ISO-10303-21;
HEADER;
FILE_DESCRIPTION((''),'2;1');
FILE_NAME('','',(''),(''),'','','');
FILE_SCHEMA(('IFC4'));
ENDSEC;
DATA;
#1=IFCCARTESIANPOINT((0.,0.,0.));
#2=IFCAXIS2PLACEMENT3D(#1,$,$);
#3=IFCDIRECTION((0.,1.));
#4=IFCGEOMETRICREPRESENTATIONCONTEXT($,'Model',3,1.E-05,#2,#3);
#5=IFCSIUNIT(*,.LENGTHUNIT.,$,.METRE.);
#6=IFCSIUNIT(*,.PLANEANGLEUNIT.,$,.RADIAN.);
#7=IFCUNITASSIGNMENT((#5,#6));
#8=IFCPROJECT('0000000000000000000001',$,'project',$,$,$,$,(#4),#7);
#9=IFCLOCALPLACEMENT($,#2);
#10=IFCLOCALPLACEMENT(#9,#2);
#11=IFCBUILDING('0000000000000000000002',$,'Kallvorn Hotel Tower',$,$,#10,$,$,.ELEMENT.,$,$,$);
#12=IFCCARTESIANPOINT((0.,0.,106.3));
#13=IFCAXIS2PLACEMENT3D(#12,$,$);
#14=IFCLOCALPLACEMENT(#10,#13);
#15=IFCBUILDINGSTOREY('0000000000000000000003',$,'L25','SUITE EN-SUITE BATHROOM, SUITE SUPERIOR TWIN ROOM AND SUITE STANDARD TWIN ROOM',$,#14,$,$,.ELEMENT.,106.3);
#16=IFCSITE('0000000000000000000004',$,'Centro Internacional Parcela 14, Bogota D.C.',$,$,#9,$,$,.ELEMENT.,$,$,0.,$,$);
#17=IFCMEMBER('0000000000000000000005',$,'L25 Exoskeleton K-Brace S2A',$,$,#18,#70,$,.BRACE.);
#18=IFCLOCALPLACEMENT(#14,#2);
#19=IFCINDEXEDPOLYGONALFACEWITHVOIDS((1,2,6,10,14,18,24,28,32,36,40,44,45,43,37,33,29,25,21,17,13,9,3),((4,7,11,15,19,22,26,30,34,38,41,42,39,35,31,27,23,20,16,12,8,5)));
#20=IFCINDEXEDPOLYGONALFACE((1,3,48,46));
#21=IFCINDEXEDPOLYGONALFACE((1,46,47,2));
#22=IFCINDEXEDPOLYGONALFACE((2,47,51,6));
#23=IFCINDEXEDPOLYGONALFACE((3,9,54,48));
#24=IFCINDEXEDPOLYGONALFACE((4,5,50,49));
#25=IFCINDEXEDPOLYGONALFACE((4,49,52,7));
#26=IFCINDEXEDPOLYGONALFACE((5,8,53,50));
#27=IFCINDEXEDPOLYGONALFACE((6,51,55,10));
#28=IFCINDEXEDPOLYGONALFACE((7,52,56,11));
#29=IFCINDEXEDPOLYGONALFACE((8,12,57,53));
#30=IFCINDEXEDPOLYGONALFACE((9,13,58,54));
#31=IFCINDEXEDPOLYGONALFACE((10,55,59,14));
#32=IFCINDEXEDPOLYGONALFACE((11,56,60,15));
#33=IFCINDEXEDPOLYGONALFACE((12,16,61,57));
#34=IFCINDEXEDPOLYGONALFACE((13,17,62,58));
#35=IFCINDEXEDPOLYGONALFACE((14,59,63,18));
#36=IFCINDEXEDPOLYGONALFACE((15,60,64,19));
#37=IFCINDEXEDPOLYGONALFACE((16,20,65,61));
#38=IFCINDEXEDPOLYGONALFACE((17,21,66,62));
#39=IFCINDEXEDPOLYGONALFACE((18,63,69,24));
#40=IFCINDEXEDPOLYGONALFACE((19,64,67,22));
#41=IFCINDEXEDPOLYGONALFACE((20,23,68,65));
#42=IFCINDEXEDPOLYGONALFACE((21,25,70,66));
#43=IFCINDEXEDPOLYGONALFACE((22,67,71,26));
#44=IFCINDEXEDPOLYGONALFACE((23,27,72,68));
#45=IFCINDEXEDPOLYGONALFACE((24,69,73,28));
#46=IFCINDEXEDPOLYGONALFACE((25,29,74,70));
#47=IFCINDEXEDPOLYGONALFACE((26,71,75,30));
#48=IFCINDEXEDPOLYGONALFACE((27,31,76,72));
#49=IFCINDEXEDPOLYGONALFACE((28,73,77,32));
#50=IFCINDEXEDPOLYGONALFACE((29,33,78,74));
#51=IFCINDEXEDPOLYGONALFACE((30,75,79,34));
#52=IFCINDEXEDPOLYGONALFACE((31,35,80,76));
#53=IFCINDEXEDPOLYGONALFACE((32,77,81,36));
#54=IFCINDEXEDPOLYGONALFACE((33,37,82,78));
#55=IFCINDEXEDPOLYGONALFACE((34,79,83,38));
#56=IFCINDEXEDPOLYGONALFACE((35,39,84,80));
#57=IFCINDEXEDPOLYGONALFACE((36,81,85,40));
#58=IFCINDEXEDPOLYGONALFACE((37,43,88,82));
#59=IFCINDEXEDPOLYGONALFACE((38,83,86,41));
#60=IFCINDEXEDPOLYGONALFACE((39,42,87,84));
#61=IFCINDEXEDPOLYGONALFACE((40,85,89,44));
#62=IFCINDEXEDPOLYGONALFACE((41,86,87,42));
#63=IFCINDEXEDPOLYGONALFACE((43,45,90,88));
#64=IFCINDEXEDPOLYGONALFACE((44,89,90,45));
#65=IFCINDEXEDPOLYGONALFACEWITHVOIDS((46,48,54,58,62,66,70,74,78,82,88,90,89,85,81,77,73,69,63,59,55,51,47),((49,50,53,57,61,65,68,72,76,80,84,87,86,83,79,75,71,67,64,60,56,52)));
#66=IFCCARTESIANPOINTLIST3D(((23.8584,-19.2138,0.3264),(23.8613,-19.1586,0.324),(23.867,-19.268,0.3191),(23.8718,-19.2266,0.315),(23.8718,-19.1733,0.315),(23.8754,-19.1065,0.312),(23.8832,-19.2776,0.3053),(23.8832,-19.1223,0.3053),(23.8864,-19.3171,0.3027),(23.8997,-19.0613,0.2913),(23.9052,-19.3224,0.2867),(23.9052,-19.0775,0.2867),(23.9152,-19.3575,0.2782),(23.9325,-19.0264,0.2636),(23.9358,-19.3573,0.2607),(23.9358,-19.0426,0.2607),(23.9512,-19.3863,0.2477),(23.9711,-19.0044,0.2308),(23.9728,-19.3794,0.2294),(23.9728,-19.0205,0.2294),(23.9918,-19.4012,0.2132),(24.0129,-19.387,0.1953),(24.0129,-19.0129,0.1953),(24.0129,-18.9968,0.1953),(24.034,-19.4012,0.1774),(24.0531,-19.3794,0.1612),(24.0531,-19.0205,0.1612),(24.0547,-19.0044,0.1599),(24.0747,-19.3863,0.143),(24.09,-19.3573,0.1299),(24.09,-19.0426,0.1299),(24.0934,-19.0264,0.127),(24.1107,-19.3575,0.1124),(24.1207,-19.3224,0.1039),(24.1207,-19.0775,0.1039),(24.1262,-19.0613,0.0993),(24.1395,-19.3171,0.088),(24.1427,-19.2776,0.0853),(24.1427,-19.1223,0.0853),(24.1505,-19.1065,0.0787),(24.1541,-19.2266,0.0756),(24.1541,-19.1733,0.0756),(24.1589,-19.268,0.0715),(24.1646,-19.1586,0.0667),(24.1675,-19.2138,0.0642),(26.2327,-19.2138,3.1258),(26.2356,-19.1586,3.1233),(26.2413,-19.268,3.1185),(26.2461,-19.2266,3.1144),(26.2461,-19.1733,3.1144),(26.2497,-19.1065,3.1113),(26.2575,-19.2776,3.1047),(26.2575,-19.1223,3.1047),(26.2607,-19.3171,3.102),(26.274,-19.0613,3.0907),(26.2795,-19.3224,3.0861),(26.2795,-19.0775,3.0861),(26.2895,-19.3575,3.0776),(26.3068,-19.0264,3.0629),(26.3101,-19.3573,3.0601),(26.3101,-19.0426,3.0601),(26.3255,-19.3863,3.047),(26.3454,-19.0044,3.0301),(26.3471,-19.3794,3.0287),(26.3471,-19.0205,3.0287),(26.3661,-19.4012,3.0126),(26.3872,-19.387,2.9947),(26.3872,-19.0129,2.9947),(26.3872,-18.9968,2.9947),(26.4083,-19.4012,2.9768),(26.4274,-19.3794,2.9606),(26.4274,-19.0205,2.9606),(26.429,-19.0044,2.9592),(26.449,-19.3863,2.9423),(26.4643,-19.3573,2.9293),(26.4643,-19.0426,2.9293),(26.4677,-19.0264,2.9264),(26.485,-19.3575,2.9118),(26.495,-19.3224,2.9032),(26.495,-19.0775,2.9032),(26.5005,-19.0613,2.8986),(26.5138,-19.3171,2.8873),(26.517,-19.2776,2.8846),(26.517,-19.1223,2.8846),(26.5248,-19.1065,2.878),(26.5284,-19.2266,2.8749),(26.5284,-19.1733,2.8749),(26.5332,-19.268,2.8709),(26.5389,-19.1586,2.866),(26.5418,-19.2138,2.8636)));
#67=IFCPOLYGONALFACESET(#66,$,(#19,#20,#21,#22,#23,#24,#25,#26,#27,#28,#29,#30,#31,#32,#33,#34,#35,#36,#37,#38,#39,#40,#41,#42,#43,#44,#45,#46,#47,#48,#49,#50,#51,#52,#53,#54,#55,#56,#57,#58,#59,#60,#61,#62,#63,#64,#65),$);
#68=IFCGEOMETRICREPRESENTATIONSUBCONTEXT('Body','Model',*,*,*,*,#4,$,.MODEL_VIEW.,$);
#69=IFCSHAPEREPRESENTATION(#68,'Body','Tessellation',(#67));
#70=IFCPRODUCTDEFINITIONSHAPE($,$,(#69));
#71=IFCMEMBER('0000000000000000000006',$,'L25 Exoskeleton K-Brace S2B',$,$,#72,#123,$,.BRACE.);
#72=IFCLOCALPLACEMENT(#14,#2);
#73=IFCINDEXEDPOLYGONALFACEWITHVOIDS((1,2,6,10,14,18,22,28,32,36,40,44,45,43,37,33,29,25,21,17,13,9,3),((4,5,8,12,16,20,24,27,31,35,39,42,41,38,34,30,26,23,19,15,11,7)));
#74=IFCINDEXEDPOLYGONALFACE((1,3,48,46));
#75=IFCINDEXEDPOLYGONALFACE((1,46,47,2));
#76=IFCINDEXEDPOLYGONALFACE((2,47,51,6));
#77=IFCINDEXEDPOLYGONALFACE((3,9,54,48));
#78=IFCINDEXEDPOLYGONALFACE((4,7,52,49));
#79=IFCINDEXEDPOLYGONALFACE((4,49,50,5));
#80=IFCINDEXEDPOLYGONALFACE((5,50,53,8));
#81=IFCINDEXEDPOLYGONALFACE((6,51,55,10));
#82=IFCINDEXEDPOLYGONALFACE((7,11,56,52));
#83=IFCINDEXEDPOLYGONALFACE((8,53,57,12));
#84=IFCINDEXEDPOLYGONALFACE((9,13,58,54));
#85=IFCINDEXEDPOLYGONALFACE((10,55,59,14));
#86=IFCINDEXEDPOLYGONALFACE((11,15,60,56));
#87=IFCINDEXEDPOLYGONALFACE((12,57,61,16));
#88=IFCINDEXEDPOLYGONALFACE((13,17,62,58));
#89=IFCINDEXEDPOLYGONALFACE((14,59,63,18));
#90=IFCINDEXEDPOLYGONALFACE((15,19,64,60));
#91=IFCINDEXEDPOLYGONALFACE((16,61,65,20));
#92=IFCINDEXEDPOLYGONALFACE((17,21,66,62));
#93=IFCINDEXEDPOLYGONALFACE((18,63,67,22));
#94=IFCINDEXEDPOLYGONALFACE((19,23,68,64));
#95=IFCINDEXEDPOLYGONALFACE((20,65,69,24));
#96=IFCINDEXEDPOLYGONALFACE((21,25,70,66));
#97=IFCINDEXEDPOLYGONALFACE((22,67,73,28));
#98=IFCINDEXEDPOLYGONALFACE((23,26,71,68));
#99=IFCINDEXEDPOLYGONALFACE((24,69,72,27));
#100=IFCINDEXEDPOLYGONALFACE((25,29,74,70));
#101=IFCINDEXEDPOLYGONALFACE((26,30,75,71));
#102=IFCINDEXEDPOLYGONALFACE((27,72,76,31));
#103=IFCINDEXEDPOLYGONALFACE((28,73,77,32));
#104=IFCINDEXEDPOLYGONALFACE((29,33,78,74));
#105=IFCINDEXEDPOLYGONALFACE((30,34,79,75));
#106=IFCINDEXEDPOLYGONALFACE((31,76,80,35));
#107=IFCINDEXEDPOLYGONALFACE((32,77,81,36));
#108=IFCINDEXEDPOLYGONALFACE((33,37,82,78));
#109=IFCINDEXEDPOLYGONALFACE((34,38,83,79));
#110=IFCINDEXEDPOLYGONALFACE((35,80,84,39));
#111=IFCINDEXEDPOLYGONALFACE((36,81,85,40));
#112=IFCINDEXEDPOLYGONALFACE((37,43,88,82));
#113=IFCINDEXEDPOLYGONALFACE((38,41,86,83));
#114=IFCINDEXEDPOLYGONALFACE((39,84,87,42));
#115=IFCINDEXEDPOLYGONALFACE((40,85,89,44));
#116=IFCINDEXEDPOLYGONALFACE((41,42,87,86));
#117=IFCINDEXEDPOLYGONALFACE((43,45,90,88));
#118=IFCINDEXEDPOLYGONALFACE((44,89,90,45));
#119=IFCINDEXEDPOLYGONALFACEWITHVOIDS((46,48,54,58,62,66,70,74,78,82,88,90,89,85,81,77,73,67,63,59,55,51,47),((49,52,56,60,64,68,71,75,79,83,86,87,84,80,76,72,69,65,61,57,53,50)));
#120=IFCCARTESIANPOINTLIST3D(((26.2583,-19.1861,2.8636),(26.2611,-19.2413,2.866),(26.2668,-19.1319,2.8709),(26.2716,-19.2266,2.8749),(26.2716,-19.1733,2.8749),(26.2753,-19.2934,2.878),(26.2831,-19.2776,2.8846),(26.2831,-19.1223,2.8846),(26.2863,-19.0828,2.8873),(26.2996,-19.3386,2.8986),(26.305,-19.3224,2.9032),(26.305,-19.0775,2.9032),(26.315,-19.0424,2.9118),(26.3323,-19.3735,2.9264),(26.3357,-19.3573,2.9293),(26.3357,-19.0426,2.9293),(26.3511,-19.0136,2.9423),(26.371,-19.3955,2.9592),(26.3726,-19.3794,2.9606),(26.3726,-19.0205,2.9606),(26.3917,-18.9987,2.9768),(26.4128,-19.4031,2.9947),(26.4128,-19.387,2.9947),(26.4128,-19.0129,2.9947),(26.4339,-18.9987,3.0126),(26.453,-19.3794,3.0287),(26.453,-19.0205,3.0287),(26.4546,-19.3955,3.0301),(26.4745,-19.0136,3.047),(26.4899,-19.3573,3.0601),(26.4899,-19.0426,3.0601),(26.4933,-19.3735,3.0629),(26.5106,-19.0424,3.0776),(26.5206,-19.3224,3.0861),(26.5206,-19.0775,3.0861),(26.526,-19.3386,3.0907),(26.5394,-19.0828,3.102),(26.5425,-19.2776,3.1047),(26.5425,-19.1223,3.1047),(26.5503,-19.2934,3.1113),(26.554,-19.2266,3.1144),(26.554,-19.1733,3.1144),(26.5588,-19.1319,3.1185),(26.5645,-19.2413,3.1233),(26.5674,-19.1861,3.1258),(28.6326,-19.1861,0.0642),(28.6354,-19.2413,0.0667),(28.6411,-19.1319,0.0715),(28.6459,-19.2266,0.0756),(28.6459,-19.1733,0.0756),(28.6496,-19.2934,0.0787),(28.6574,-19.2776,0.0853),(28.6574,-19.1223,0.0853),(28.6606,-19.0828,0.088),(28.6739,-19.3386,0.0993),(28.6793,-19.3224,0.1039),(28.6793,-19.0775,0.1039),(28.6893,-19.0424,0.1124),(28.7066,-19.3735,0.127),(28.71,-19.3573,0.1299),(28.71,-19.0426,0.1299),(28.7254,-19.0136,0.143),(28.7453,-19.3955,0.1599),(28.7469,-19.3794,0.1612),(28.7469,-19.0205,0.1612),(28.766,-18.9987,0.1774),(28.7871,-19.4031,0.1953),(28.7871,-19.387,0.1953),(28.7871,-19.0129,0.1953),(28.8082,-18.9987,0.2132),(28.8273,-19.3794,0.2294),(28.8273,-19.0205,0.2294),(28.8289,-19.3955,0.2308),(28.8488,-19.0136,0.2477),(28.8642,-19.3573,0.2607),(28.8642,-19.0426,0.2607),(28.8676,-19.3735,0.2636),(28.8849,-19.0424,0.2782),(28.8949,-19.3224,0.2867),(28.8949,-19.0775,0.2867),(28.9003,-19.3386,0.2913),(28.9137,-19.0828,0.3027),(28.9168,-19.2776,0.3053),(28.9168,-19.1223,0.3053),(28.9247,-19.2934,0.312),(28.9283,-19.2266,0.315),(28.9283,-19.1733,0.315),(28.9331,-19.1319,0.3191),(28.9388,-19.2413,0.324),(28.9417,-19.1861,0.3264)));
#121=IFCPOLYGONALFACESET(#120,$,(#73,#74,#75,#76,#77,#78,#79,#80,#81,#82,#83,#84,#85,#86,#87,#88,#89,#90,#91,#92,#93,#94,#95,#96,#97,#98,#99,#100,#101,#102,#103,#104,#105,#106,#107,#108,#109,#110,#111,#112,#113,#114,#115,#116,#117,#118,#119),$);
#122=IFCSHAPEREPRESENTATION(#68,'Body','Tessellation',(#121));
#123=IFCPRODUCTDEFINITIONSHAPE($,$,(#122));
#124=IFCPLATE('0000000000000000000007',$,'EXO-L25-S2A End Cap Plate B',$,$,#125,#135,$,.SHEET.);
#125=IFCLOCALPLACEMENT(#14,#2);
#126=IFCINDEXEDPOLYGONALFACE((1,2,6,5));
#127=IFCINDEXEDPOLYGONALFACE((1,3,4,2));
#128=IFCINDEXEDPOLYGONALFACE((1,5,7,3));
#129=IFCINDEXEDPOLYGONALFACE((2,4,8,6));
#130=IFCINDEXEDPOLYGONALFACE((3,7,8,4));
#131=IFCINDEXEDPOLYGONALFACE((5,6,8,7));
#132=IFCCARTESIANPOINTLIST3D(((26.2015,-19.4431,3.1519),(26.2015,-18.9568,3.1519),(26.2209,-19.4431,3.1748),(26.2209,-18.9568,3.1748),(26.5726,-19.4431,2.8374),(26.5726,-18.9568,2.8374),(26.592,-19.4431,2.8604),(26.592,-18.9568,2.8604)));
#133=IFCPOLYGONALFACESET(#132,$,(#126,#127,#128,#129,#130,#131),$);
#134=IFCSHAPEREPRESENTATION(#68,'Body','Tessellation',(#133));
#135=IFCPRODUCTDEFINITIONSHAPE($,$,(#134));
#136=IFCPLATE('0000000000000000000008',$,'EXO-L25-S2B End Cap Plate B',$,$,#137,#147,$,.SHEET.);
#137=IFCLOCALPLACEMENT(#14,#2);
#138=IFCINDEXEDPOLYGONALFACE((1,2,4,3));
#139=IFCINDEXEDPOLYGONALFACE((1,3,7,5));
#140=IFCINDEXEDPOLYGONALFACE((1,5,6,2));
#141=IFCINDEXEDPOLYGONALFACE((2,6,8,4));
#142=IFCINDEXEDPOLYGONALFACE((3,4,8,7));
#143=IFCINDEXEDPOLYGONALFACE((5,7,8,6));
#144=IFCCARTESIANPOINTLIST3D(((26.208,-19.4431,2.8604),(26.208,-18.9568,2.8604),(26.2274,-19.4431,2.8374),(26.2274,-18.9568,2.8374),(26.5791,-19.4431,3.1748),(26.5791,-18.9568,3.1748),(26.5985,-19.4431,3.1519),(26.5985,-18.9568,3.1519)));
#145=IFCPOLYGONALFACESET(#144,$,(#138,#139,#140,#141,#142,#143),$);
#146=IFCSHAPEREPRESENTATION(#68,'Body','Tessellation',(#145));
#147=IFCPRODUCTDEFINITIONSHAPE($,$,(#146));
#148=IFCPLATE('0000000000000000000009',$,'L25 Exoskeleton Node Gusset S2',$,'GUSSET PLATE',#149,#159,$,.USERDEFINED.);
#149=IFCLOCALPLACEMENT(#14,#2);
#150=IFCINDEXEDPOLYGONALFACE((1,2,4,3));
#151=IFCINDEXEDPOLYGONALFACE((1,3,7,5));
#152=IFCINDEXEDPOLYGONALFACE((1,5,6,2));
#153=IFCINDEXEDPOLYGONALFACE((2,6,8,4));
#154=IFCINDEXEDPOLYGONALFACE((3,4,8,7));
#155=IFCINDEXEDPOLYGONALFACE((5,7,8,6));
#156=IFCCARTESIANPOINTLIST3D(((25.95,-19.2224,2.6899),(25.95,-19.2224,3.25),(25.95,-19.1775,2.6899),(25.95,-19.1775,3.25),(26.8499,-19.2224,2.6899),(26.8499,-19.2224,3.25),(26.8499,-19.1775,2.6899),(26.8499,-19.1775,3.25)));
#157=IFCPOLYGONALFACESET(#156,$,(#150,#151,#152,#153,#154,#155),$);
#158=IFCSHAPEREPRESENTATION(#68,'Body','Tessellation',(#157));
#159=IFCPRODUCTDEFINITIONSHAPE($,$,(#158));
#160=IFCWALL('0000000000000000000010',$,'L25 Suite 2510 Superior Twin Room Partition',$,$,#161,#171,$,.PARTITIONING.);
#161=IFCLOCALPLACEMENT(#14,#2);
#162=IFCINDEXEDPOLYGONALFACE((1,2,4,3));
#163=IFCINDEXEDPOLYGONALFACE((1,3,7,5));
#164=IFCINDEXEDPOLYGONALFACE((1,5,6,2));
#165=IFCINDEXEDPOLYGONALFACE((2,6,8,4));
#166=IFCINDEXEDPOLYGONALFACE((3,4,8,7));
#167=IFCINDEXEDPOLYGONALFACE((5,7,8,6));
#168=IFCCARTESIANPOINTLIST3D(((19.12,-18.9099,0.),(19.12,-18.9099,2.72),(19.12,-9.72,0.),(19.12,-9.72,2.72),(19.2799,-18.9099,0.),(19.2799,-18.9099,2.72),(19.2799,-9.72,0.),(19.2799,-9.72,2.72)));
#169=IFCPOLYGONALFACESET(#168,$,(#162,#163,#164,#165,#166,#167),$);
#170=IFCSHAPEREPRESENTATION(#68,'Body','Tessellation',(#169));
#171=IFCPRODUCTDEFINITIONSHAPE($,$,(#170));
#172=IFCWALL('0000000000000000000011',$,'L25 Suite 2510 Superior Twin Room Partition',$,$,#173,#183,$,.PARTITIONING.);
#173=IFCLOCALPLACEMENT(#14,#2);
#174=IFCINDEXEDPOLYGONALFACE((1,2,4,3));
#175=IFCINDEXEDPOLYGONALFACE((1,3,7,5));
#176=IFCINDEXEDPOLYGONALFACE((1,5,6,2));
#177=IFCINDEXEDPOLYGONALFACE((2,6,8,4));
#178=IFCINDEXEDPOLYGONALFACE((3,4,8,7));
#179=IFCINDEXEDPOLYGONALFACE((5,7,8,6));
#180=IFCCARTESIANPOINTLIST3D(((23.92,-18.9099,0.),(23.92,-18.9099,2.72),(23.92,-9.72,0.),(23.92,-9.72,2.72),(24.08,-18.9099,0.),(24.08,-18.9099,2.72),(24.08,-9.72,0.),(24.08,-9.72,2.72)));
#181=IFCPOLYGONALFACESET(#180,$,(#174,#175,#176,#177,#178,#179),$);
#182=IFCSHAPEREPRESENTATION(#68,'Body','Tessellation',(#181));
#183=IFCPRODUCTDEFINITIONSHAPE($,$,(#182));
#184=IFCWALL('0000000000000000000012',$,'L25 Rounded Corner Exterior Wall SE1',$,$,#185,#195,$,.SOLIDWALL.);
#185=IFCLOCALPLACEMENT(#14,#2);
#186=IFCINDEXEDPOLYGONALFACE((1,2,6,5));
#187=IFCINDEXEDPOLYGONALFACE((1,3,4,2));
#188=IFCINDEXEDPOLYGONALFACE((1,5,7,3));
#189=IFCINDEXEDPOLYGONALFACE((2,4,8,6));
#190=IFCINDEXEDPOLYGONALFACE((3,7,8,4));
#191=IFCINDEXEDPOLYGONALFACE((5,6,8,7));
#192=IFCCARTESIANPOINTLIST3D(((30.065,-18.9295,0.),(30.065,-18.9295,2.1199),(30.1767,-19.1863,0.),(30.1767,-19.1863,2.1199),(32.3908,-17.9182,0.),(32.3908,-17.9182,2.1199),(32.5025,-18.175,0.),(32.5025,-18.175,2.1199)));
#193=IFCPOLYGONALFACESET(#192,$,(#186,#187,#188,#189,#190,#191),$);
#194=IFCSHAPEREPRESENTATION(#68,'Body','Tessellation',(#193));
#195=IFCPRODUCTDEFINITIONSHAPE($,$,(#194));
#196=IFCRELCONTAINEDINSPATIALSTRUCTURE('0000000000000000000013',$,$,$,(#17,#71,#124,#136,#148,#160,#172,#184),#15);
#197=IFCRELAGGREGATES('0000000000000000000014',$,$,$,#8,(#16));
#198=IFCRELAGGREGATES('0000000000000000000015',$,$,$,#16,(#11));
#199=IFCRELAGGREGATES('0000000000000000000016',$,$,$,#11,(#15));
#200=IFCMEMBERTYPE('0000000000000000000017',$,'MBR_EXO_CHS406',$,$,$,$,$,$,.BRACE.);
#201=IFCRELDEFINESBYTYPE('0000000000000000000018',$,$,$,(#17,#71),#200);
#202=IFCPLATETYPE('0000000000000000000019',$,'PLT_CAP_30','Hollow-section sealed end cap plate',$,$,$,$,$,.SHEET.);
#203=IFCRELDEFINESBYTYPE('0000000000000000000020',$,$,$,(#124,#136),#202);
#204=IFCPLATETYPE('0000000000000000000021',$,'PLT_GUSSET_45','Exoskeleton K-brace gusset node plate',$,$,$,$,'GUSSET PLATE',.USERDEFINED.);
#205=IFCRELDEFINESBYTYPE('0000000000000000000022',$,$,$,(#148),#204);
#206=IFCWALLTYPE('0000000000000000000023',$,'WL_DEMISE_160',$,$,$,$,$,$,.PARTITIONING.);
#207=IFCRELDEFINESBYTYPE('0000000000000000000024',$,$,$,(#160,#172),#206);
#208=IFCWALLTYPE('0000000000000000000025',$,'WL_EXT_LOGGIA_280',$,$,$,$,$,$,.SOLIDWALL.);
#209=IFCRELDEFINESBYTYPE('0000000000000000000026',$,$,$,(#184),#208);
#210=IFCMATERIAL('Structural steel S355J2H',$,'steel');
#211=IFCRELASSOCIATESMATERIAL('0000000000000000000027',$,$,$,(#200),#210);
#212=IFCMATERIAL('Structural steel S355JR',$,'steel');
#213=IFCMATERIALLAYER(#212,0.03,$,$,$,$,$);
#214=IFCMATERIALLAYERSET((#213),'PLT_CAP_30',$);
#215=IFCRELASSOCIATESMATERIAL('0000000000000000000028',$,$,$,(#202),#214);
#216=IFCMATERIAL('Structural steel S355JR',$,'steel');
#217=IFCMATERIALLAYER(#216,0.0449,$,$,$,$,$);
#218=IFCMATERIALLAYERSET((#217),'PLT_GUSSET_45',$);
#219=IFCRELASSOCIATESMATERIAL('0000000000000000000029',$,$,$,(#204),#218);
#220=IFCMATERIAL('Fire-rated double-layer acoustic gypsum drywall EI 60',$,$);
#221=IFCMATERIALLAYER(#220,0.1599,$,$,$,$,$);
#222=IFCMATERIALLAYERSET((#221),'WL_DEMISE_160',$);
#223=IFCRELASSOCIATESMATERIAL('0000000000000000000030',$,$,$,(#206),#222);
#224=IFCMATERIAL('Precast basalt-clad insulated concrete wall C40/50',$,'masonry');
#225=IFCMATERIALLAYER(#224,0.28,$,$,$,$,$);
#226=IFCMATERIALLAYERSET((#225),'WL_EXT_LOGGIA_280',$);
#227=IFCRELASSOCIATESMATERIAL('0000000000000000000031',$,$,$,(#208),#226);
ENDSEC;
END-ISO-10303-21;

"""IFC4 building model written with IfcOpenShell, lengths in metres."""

from ifc_helpers import new_model, si_unit, direction, frame, frame_2d, origin, origin_2d, place, context, subcontext, project, spatial, polyline, rectangle, hollow_circle, outline, extrude, material, layer, layer_set, material_profile, profile_set, type_object, element, save


model = new_model("IFC4")

# Units and contexts
model_context = context("Model", 3, precision=1e-05, world=origin(), true_north=direction((0.0, 1.0)))
body_context = subcontext(model_context, "Body", "Model", "MODEL_VIEW")
ifc_project = project(units=[si_unit("LENGTHUNIT", "METRE"), si_unit("PLANEANGLEUNIT", "RADIAN")], contexts=[model_context])

# Site, building, storey
site_placement = place(None, origin())
site = spatial("IfcSite", under=ifc_project, at=site_placement, Name="Centro Internacional Parcela 14, Bogota D.C.", CompositionType="ELEMENT", RefElevation=0.0)
building_placement = place(site_placement, origin())
building = spatial("IfcBuilding", under=site, at=building_placement, Name="Kallvorn Hotel Tower", CompositionType="ELEMENT")
storey_placement = place(building_placement, frame((0.0, 0.0, 106.3)))
storey = spatial("IfcBuildingStorey", under=building, at=storey_placement, Name="L25", Description="SUITE EN-SUITE BATHROOM, SUITE SUPERIOR TWIN ROOM AND SUITE STANDARD TWIN ROOM", CompositionType="ELEMENT", Elevation=106.3)

# Members
ifc_material_1 = material(Name="Structural steel S355J2H", Category="steel")
ifc_material_profile_1 = material_profile(ifc_material_1, hollow_circle(Radius=0.2031, WallThickness=0.0161, at=origin_2d()), Name="CHS 406.4x16")
ifc_profile_set_1 = profile_set([ifc_material_profile_1], Name="Structural steel S355J2H")
member_type = type_object("IfcMemberType", Name="MBR_EXO_CHS406", PredefinedType="BRACE", material=ifc_profile_set_1)
for number, where, z_axis, x_axis, name in (
    (1, (24.0129, -19.2, 0.1953), (0.646833, 0.0, 0.762631), (0.0, 1.0, 0.0), "L25 Exoskeleton K-Brace S2A"),
    (2, (28.7871, -19.2, 0.1953), (-0.646833, 0.0, 0.762631), (0.0, -1.0, 0.0), "L25 Exoskeleton K-Brace S2B"),
):
    element("IfcMember", number, at=place(storey_placement, frame(where, z_axis=z_axis, x_axis=x_axis)), inside=storey, type_object=member_type, Name=name, PredefinedType="BRACE", context=body_context, shape_type="SweptSolid", body=[
        extrude(hollow_circle(Radius=0.2031, WallThickness=0.0161, at=origin_2d()), origin(), (0.0, 0.0, 1.0), 3.6707),
    ])

# Plates
ifc_material_2 = material(Name="Structural steel S355JR", Category="steel")
ifc_layer_1 = layer(ifc_material_2, 0.03)
ifc_layer_set_1 = layer_set([ifc_layer_1], Name="PLT_CAP_30")
plate_type_1 = type_object("IfcPlateType", Name="PLT_CAP_30", Description="Hollow-section sealed end cap plate", PredefinedType="SHEET", material=ifc_layer_set_1)
for number, where, z_axis, x_axis, name in (
    (3, (26.592, -19.4431, 2.8604), (0.646482, 0.0, 0.762929), (0.0, 1.0, 0.0), "EXO-L25-S2A End Cap Plate B"),
    (4, (26.208, -18.9568, 2.8604), (-0.646482, 0.0, 0.762929), (0.0, -1.0, 0.0), "EXO-L25-S2B End Cap Plate B"),
):
    element("IfcPlate", number, at=place(storey_placement, frame(where, z_axis=z_axis, x_axis=x_axis)), inside=storey, type_object=plate_type_1, Name=name, PredefinedType="SHEET", context=body_context, shape_type="SweptSolid", body=[
        extrude(outline(polyline([(0.0, 0.0), (0.4863, 0.0), (0.4863, 0.4864), (0.0, 0.4864), (0.0, 0.0)])), origin(), (0.0, 0.0, -1.0), 0.03),
    ])
ifc_material_3 = material(Name="Structural steel S355JR", Category="steel")
ifc_layer_2 = layer(ifc_material_3, 0.0449)
ifc_layer_set_2 = layer_set([ifc_layer_2], Name="PLT_GUSSET_45")
plate_type_2 = type_object("IfcPlateType", Name="PLT_GUSSET_45", Description="Exoskeleton K-brace gusset node plate", ElementType="GUSSET PLATE", PredefinedType="USERDEFINED", material=ifc_layer_set_2)
plate_placement = place(storey_placement, frame((26.3999, -19.2, 2.6899), z_axis=(0.0, 0.0, 1.0), x_axis=(1.0, 0.0, 0.0)))
element("IfcPlate", 5, at=plate_placement, inside=storey, type_object=plate_type_2, Name="L25 Exoskeleton Node Gusset S2", ObjectType="GUSSET PLATE", PredefinedType="USERDEFINED", context=body_context, shape_type="SweptSolid", body=[
    extrude(rectangle(XDim=0.8999, YDim=0.0449, at=origin_2d()), origin(), (0.0, 0.0, 1.0), 0.5601),
])

# Walls
ifc_material_4 = material(Name="Fire-rated double-layer acoustic gypsum drywall EI 60")
ifc_layer_3 = layer(ifc_material_4, 0.1599)
ifc_layer_set_3 = layer_set([ifc_layer_3], Name="WL_DEMISE_160")
wall_type_1 = type_object("IfcWallType", Name="WL_DEMISE_160", PredefinedType="PARTITIONING", material=ifc_layer_set_3)
for number, where, z_axis, x_axis, name in (
    (6, (19.2, -18.9099, 0.0), (0.0, 0.0, 1.0), (0.0, 1.0, 0.0), "L25 Suite 2510 Superior Twin Room Partition"),
    (7, (24.0, -18.9099, 0.0), (0.0, 0.0, 1.0), (0.0, 1.0, 0.0), "L25 Suite 2510 Superior Twin Room Partition"),
):
    element("IfcWall", number, at=place(storey_placement, frame(where, z_axis=z_axis, x_axis=x_axis)), inside=storey, type_object=wall_type_1, Name=name, PredefinedType="PARTITIONING", context=body_context, shape_type="SweptSolid", body=[
        extrude(rectangle(XDim=9.1899, YDim=0.1599, at=frame_2d((4.595, 0.0))), origin(), (0.0, 0.0, 1.0), 2.72),
    ])
ifc_material_5 = material(Name="Precast basalt-clad insulated concrete wall C40/50", Category="masonry")
ifc_layer_4 = layer(ifc_material_5, 0.28)
ifc_layer_set_4 = layer_set([ifc_layer_4], Name="WL_EXT_LOGGIA_280")
wall_type_2 = type_object("IfcWallType", Name="WL_EXT_LOGGIA_280", PredefinedType="SOLIDWALL", material=ifc_layer_set_4)
wall_1_placement = place(storey_placement, frame((30.1208, -19.0579, 0.0), z_axis=(0.0, 0.0, 1.0), x_axis=(0.917061, 0.398747, 0.0)))
element("IfcWall", 8, at=wall_1_placement, inside=storey, type_object=wall_type_2, Name="L25 Rounded Corner Exterior Wall SE1", PredefinedType="SOLIDWALL", context=body_context, shape_type="SweptSolid", body=[
    extrude(rectangle(XDim=2.5361, YDim=0.28, at=frame_2d((1.2681, 0.0))), origin(), (0.0, 0.0, 1.0), 2.1199),
])

save(model, "model.ifc")
